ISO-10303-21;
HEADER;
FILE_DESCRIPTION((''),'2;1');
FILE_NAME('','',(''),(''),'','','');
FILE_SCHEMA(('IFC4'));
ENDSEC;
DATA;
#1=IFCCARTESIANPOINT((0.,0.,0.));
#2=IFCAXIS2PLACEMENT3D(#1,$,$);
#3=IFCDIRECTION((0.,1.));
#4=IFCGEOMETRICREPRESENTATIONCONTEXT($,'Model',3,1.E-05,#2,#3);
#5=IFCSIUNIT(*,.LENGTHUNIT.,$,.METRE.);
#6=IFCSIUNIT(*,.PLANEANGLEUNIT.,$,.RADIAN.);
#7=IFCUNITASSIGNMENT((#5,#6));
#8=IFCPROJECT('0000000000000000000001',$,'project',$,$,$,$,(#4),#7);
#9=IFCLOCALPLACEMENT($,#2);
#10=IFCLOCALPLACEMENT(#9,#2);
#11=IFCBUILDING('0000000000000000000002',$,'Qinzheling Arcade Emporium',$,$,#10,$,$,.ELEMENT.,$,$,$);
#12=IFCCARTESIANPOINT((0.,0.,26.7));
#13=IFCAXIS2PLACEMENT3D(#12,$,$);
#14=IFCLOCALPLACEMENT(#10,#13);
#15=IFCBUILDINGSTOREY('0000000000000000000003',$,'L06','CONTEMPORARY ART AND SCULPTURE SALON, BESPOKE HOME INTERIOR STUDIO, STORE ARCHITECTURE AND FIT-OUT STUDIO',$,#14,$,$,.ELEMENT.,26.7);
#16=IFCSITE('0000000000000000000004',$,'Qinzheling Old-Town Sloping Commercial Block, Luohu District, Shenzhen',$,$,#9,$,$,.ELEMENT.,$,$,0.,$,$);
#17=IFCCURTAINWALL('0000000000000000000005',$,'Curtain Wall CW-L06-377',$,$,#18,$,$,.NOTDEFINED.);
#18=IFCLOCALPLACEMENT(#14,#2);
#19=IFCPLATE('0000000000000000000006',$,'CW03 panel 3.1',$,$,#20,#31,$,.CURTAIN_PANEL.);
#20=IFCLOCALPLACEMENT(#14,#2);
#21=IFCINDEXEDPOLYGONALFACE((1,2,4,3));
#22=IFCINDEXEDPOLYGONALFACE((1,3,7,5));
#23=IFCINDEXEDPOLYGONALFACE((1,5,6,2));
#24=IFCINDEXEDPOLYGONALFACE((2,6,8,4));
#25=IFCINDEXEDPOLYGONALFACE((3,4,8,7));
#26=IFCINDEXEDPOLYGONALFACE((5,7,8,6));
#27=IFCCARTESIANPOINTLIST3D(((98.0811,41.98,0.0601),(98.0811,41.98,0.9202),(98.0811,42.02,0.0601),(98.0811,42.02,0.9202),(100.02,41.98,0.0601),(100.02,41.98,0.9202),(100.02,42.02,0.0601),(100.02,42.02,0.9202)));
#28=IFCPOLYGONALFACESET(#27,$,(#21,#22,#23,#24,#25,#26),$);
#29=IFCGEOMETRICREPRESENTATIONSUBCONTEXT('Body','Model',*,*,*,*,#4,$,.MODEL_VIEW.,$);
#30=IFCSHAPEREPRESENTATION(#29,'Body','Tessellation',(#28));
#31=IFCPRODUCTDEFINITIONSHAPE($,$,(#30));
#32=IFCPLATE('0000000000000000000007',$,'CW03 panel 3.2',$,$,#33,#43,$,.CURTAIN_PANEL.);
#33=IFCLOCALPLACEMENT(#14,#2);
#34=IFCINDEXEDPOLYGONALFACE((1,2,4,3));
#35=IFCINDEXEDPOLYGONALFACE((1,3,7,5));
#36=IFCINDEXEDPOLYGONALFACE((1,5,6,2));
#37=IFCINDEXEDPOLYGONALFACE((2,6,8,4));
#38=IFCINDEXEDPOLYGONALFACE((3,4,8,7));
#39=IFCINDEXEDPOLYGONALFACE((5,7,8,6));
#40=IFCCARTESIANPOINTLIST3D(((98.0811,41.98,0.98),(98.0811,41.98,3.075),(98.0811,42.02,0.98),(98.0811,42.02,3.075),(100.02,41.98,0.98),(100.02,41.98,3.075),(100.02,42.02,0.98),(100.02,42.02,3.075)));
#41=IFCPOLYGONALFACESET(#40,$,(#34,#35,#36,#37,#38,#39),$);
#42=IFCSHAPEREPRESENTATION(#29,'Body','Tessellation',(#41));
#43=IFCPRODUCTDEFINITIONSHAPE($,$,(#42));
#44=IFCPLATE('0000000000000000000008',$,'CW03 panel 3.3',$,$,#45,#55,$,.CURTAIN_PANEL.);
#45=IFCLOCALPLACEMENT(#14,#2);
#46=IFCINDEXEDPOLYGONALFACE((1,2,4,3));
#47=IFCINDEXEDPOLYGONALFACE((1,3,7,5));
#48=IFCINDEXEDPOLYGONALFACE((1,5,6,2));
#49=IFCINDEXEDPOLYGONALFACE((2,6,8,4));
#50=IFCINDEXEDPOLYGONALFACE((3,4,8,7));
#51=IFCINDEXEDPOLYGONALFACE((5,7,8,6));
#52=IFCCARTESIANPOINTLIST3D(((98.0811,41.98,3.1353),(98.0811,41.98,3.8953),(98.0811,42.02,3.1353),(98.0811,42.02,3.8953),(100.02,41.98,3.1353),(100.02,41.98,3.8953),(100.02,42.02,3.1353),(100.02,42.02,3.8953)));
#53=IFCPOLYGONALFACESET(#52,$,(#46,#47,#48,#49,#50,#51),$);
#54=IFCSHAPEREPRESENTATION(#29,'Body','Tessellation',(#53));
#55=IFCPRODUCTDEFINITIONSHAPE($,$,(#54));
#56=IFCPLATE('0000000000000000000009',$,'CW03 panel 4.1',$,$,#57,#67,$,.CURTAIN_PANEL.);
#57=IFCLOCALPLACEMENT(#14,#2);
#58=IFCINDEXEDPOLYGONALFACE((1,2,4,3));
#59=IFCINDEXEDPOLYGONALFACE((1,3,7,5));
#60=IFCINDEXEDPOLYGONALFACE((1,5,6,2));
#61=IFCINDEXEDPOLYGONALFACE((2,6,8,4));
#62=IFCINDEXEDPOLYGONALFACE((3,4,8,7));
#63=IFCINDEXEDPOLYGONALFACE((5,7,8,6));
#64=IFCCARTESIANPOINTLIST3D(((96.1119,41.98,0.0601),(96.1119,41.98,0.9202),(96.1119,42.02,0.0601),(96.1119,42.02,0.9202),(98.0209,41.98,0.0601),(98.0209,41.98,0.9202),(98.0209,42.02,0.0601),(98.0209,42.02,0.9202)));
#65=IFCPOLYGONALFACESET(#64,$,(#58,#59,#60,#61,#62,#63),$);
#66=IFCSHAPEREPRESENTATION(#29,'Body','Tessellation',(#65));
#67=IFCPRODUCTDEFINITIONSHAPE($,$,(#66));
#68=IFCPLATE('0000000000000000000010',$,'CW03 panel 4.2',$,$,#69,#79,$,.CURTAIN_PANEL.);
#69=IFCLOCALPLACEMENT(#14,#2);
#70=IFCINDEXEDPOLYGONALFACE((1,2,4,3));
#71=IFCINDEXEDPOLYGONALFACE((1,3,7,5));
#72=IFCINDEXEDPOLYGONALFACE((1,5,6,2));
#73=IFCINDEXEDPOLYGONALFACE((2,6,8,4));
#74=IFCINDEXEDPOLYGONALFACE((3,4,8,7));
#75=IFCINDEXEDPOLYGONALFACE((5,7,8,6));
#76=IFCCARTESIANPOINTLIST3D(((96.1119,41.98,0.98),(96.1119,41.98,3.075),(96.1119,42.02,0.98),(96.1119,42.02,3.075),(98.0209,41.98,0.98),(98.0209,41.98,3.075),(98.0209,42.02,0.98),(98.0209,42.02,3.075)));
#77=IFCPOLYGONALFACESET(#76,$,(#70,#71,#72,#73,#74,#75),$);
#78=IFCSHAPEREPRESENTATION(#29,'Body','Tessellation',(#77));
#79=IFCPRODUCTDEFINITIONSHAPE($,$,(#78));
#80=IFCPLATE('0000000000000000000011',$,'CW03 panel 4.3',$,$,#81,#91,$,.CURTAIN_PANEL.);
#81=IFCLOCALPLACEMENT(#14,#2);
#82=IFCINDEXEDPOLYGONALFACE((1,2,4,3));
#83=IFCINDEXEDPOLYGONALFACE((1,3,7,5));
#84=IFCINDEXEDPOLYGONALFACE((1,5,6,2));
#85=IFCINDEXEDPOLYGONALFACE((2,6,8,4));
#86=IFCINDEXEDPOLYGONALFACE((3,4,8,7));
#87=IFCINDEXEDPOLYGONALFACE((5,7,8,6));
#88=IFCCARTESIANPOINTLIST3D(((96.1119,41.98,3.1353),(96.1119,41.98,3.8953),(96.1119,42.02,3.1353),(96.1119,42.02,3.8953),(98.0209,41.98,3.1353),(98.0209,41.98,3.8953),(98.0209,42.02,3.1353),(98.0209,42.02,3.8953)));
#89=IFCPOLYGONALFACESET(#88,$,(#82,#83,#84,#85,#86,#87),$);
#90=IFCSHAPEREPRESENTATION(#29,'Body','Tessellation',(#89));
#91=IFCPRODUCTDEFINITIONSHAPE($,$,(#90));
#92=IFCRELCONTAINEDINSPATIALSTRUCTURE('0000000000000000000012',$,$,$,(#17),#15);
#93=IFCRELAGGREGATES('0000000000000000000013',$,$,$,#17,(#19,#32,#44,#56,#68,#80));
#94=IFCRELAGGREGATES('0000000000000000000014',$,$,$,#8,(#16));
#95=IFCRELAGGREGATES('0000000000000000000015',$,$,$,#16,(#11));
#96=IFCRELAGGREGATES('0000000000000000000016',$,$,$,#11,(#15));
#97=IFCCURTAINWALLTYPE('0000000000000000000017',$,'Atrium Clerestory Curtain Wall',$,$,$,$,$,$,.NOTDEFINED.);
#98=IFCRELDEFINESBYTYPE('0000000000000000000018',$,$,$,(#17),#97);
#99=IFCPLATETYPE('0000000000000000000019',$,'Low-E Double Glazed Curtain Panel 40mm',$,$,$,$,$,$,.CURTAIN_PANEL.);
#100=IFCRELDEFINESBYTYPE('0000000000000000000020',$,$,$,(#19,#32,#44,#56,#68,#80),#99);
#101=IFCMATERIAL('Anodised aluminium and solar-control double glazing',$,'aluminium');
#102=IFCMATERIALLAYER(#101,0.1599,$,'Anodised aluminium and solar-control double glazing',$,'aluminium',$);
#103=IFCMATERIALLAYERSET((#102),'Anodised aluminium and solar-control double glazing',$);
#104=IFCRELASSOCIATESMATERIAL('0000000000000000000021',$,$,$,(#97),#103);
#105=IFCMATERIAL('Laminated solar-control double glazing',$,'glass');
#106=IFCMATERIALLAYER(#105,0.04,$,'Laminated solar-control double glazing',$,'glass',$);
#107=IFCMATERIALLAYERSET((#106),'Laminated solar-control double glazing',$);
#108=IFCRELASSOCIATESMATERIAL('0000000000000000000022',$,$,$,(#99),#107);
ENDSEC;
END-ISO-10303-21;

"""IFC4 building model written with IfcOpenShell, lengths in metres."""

from ifc_helpers import new_model, si_unit, direction, frame, origin, origin_2d, place, context, subcontext, project, spatial, rectangle, extrude, material, layer, layer_set, type_object, element, aggregate, save


model = new_model("IFC4")

# Units and contexts
model_context = context("Model", 3, precision=1e-05, world=origin(), true_north=direction((0.0, 1.0)))
body_context = subcontext(model_context, "Body", "Model", "MODEL_VIEW")
ifc_project = project(units=[si_unit("LENGTHUNIT", "METRE"), si_unit("PLANEANGLEUNIT", "RADIAN")], contexts=[model_context])

# Site, building, storey
site_placement = place(None, origin())
site = spatial("IfcSite", under=ifc_project, at=site_placement, Name="Qinzheling Old-Town Sloping Commercial Block, Luohu District, Shenzhen", CompositionType="ELEMENT", RefElevation=0.0)
building_placement = place(site_placement, origin())
building = spatial("IfcBuilding", under=site, at=building_placement, Name="Qinzheling Arcade Emporium", CompositionType="ELEMENT")
storey_placement = place(building_placement, frame((0.0, 0.0, 26.7)))
storey = spatial("IfcBuildingStorey", under=building, at=storey_placement, Name="L06", Description="CONTEMPORARY ART AND SCULPTURE SALON, BESPOKE HOME INTERIOR STUDIO, STORE ARCHITECTURE AND FIT-OUT STUDIO", CompositionType="ELEMENT", Elevation=26.7)

# Curtain wall, plates
ifc_material_1 = material(Name="Anodised aluminium and solar-control double glazing", Category="aluminium")
ifc_layer_1 = layer(ifc_material_1, 0.1599, Name="Anodised aluminium and solar-control double glazing", Category="aluminium")
ifc_layer_set_1 = layer_set([ifc_layer_1], Name="Anodised aluminium and solar-control double glazing")
curtain_wall_type = type_object("IfcCurtainWallType", Name="Atrium Clerestory Curtain Wall", PredefinedType="NOTDEFINED", material=ifc_layer_set_1)
curtain_wall_placement = place(storey_placement, origin())
curtain_wall = element("IfcCurtainWall", 1, at=curtain_wall_placement, inside=storey, type_object=curtain_wall_type, Name="Curtain Wall CW-L06-377", PredefinedType="NOTDEFINED")
ifc_material_2 = material(Name="Laminated solar-control double glazing", Category="glass")
ifc_layer_2 = layer(ifc_material_2, 0.04, Name="Laminated solar-control double glazing", Category="glass")
ifc_layer_set_2 = layer_set([ifc_layer_2], Name="Laminated solar-control double glazing")
plate_type = type_object("IfcPlateType", Name="Low-E Double Glazed Curtain Panel 40mm", PredefinedType="CURTAIN_PANEL", material=ifc_layer_set_2)
plate_1_placement = place(storey_placement, frame((99.0505, 42.0, 0.0601), z_axis=(0.0, 0.0, 1.0), x_axis=(-1.0, 0.0, 0.0)))
plate_1 = element("IfcPlate", 2, at=plate_1_placement, type_object=plate_type, Name="CW03 panel 3.1", PredefinedType="CURTAIN_PANEL", context=body_context, shape_type="SweptSolid", body=[
    extrude(rectangle(XDim=1.939, YDim=0.04, at=origin_2d()), origin(), (0.0, 0.0, 1.0), 0.8601),
])
plate_2_placement = place(storey_placement, frame((99.0505, 42.0, 0.98), z_axis=(0.0, 0.0, 1.0), x_axis=(-1.0, 0.0, 0.0)))
plate_2 = element("IfcPlate", 3, at=plate_2_placement, type_object=plate_type, Name="CW03 panel 3.2", PredefinedType="CURTAIN_PANEL", context=body_context, shape_type="SweptSolid", body=[
    extrude(rectangle(XDim=1.939, YDim=0.04, at=origin_2d()), origin(), (0.0, 0.0, 1.0), 2.095),
])
plate_3_placement = place(storey_placement, frame((99.0505, 42.0, 3.1353), z_axis=(0.0, 0.0, 1.0), x_axis=(-1.0, 0.0, 0.0)))
plate_3 = element("IfcPlate", 4, at=plate_3_placement, type_object=plate_type, Name="CW03 panel 3.3", PredefinedType="CURTAIN_PANEL", context=body_context, shape_type="SweptSolid", body=[
    extrude(rectangle(XDim=1.939, YDim=0.04, at=origin_2d()), origin(), (0.0, 0.0, 1.0), 0.76),
])
plate_4_placement = place(storey_placement, frame((97.0664, 42.0, 0.0601), z_axis=(0.0, 0.0, 1.0), x_axis=(-1.0, 0.0, 0.0)))
plate_4 = element("IfcPlate", 5, at=plate_4_placement, type_object=plate_type, Name="CW03 panel 4.1", PredefinedType="CURTAIN_PANEL", context=body_context, shape_type="SweptSolid", body=[
    extrude(rectangle(XDim=1.9089, YDim=0.04, at=origin_2d()), origin(), (0.0, 0.0, 1.0), 0.8601),
])
plate_5_placement = place(storey_placement, frame((97.0664, 42.0, 0.98), z_axis=(0.0, 0.0, 1.0), x_axis=(-1.0, 0.0, 0.0)))
plate_5 = element("IfcPlate", 6, at=plate_5_placement, type_object=plate_type, Name="CW03 panel 4.2", PredefinedType="CURTAIN_PANEL", context=body_context, shape_type="SweptSolid", body=[
    extrude(rectangle(XDim=1.9089, YDim=0.04, at=origin_2d()), origin(), (0.0, 0.0, 1.0), 2.095),
])
plate_6_placement = place(storey_placement, frame((97.0664, 42.0, 3.1353), z_axis=(0.0, 0.0, 1.0), x_axis=(-1.0, 0.0, 0.0)))
plate_6 = element("IfcPlate", 7, at=plate_6_placement, type_object=plate_type, Name="CW03 panel 4.3", PredefinedType="CURTAIN_PANEL", context=body_context, shape_type="SweptSolid", body=[
    extrude(rectangle(XDim=1.9089, YDim=0.04, at=origin_2d()), origin(), (0.0, 0.0, 1.0), 0.76),
])
aggregate(curtain_wall, [plate_1, plate_2, plate_3, plate_4, plate_5, plate_6])

save(model, "model.ifc")
